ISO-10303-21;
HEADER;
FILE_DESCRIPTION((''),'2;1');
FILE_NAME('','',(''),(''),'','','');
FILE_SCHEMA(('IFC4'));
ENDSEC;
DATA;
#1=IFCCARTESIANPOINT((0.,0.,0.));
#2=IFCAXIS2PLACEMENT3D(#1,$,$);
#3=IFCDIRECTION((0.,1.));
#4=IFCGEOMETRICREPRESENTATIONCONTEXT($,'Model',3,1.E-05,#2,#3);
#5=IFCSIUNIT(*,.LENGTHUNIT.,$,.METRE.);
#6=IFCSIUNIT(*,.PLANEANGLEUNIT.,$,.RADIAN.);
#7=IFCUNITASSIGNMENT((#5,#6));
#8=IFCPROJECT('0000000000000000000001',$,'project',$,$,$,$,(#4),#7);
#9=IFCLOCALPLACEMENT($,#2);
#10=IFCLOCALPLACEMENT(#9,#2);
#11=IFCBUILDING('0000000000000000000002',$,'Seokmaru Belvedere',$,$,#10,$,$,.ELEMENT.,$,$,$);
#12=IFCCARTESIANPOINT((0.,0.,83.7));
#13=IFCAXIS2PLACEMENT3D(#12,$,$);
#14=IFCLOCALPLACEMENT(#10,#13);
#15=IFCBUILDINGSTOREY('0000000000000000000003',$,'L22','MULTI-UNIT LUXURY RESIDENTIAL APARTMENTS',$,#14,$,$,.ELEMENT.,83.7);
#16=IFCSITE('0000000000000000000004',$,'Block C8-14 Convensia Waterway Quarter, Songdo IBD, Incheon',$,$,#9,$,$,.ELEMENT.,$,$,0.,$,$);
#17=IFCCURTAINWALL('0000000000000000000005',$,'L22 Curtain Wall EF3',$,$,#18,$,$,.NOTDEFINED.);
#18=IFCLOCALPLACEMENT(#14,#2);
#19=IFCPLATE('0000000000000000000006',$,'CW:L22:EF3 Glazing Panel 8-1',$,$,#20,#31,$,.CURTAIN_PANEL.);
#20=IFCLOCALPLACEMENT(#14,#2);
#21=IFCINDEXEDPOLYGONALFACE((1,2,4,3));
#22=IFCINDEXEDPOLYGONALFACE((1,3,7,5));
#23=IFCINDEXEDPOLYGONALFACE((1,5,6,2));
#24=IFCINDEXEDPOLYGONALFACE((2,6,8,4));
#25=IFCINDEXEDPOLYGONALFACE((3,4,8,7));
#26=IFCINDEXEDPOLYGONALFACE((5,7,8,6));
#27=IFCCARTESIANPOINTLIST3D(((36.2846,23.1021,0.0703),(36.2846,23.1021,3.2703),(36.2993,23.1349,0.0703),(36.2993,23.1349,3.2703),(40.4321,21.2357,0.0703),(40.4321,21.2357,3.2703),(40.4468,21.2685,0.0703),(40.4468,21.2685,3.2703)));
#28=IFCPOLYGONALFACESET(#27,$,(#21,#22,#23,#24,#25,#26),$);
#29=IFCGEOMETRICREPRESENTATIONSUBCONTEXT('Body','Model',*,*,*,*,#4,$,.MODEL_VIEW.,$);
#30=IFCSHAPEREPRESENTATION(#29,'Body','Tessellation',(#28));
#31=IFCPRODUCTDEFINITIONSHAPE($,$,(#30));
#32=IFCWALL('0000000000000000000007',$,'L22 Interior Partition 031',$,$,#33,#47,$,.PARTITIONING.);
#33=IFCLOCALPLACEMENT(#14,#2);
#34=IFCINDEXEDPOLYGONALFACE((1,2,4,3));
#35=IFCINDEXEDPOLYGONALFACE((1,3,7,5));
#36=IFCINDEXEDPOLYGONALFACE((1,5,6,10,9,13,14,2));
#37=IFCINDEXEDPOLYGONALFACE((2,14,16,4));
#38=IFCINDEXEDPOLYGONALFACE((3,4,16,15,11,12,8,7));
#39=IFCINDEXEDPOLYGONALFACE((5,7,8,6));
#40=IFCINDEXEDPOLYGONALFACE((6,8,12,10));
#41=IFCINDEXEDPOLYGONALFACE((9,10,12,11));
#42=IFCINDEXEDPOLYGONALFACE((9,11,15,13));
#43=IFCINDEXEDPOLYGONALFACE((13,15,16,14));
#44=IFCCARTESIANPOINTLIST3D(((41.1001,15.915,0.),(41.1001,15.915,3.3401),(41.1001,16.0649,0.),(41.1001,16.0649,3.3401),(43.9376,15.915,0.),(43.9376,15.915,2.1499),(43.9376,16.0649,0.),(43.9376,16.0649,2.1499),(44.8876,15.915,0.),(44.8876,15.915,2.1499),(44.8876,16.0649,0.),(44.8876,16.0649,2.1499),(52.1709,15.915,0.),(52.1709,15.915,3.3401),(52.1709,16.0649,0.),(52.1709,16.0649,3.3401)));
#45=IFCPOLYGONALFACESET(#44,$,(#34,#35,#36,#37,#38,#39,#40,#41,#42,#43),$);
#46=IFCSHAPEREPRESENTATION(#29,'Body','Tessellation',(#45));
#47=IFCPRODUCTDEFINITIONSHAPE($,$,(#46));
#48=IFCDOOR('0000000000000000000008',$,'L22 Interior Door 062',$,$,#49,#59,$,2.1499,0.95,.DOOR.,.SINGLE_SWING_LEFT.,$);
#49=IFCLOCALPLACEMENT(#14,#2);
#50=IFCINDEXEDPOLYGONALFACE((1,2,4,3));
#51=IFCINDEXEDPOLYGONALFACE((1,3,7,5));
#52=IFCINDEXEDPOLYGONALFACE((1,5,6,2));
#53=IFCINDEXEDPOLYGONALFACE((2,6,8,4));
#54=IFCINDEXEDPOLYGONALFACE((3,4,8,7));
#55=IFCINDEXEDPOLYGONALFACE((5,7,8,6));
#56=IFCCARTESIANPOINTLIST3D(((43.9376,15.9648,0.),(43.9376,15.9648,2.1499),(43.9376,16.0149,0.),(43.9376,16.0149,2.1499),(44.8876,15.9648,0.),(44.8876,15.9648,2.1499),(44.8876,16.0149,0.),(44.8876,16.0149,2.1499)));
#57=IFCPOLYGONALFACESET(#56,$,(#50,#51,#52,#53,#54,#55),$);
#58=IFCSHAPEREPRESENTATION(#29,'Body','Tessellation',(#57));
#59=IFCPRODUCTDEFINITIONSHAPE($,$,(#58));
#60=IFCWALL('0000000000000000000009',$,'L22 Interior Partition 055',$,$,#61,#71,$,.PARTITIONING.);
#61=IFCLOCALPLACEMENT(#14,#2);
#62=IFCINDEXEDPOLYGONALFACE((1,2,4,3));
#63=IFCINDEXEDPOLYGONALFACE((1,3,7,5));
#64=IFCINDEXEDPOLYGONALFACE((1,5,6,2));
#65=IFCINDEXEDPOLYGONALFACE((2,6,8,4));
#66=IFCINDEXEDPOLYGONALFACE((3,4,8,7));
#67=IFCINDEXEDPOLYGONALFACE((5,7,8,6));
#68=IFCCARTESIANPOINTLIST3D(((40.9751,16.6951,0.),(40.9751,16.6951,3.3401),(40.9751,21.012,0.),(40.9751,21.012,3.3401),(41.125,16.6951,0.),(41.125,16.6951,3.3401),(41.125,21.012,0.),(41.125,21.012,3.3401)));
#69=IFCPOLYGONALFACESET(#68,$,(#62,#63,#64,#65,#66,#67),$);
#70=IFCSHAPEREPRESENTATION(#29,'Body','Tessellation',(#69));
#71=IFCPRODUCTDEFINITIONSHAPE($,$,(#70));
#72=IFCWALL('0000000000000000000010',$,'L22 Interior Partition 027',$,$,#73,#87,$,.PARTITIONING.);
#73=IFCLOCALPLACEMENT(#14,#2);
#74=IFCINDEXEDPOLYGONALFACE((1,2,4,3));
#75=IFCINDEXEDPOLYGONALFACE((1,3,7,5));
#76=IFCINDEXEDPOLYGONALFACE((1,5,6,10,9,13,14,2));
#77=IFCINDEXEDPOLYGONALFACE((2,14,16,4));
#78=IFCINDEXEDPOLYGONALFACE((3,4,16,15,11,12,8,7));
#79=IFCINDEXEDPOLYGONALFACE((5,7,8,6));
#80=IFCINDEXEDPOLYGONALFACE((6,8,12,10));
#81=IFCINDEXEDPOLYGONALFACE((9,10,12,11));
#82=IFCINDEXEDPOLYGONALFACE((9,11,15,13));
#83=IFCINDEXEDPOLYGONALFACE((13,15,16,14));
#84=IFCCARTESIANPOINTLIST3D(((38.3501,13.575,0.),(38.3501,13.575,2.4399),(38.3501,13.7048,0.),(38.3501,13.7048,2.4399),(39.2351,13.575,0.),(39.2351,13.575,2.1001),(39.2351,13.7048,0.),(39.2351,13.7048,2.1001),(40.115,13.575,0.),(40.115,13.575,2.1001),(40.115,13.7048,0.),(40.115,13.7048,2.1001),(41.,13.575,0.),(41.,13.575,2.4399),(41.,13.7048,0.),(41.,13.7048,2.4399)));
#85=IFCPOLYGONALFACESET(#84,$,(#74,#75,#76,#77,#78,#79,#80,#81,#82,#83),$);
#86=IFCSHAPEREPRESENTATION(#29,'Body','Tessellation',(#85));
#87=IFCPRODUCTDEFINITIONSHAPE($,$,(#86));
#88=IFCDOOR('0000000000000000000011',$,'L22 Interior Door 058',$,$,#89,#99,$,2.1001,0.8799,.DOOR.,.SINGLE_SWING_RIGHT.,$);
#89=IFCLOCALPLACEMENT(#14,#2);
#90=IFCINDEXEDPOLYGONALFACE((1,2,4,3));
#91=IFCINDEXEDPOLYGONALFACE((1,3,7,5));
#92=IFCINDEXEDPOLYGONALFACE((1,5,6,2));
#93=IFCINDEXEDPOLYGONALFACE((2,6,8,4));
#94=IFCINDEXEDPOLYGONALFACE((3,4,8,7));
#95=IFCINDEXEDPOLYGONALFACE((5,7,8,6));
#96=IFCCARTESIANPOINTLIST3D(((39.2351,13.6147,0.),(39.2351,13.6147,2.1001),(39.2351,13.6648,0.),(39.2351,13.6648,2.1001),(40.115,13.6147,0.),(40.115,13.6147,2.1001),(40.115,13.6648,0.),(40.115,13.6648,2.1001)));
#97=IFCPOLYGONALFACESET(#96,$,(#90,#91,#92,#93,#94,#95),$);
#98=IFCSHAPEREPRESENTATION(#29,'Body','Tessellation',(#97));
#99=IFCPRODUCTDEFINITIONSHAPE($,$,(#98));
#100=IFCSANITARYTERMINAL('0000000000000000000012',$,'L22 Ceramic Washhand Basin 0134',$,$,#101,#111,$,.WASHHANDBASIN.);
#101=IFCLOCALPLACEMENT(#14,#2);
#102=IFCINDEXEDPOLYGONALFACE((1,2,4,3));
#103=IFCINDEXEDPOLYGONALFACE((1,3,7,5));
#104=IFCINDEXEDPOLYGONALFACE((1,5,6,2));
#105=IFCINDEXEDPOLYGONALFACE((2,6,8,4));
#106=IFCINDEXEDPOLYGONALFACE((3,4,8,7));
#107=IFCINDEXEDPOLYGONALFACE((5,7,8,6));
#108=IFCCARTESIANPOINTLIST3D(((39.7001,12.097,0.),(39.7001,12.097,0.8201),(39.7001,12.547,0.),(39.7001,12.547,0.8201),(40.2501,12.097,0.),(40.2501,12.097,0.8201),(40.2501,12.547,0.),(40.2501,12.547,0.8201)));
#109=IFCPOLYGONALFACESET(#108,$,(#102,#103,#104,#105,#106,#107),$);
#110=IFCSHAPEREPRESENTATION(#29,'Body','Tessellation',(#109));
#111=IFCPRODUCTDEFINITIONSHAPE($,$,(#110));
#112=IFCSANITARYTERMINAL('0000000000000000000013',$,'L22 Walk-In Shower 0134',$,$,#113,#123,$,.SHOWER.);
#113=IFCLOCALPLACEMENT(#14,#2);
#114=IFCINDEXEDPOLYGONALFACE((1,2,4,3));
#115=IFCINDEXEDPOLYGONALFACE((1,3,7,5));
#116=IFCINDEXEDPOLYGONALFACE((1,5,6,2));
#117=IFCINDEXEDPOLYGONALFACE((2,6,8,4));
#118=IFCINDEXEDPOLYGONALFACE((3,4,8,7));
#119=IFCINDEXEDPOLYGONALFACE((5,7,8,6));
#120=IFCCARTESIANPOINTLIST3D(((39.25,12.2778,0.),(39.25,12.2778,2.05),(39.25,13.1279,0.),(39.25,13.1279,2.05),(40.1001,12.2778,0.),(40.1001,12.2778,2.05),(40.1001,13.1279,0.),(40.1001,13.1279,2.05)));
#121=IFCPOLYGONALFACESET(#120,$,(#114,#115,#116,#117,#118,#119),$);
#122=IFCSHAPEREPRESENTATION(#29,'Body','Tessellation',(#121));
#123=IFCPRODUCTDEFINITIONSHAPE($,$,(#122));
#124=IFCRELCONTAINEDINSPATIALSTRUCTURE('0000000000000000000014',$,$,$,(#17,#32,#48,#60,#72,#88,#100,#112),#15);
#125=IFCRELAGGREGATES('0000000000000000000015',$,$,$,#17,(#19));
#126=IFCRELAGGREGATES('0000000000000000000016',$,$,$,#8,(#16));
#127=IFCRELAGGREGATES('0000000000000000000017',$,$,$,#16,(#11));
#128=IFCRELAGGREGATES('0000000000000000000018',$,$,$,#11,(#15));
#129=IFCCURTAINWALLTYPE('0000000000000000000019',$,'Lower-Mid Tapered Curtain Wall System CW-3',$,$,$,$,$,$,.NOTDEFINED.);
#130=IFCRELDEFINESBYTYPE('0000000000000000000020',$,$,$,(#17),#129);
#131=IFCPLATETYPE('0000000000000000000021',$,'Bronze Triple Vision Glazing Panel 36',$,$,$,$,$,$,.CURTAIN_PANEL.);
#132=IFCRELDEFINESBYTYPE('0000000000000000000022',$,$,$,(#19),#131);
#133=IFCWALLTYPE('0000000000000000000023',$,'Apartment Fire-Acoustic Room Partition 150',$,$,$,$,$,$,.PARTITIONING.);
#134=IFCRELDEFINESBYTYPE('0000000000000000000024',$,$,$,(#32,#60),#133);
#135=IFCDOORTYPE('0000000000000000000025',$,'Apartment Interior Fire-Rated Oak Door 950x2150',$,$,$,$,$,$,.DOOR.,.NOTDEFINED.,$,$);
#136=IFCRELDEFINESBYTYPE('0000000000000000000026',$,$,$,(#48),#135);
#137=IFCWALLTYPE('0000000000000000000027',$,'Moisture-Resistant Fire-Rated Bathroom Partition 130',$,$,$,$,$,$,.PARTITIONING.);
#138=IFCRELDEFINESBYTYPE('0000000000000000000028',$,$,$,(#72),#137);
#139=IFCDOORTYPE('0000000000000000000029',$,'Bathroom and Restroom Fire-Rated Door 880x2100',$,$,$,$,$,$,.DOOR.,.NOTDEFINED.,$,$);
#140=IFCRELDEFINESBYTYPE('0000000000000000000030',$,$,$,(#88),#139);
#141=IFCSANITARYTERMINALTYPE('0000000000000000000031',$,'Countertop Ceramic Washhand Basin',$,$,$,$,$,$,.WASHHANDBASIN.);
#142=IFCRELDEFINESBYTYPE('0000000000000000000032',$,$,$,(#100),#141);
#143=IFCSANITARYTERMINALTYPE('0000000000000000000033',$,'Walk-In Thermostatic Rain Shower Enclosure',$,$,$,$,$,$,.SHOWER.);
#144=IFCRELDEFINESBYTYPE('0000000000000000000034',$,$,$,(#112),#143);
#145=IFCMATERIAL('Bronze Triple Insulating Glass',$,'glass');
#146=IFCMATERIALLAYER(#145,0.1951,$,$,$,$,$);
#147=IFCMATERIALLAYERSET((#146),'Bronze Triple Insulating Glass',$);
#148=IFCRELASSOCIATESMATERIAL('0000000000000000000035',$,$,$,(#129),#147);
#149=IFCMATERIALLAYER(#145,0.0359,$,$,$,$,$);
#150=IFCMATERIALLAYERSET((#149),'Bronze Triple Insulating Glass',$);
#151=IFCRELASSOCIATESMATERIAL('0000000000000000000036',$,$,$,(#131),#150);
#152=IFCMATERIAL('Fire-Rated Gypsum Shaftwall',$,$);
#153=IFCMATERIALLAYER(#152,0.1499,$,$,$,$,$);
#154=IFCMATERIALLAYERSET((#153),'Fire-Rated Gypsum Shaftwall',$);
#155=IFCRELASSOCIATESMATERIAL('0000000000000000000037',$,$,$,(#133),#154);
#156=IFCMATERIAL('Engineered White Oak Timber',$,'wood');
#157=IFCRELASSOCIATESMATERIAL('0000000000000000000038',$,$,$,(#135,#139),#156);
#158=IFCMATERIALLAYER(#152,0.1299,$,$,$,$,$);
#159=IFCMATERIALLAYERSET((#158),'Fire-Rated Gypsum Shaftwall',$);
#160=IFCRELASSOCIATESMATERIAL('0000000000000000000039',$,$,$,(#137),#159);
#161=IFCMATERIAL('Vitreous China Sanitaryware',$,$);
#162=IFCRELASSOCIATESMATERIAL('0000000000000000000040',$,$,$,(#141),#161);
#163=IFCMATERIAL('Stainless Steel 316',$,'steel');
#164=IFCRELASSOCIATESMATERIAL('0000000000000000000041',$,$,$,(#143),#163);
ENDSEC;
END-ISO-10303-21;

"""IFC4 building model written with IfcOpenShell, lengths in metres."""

from ifc_helpers import new_model, si_unit, direction, frame, frame_2d, origin, origin_2d, place, context, subcontext, project, spatial, rectangle, extrude, source, transform, mapped, material, layer, layer_set, type_object, type_shapes, element, fill, aggregate, save


model = new_model("IFC4")

# Units and contexts
model_context = context("Model", 3, precision=1e-05, world=origin(), true_north=direction((0.0, 1.0)))
body_context = subcontext(model_context, "Body", "Model", "MODEL_VIEW")
ifc_project = project(units=[si_unit("LENGTHUNIT", "METRE"), si_unit("PLANEANGLEUNIT", "RADIAN")], contexts=[model_context])

# Site, building, storey
site_placement = place(None, origin())
site = spatial("IfcSite", under=ifc_project, at=site_placement, Name="Block C8-14 Convensia Waterway Quarter, Songdo IBD, Incheon", CompositionType="ELEMENT", RefElevation=0.0)
building_placement = place(site_placement, origin())
building = spatial("IfcBuilding", under=site, at=building_placement, Name="Seokmaru Belvedere", CompositionType="ELEMENT")
storey_placement = place(building_placement, frame((0.0, 0.0, 83.7)))
storey = spatial("IfcBuildingStorey", under=building, at=storey_placement, Name="L22", Description="MULTI-UNIT LUXURY RESIDENTIAL APARTMENTS", CompositionType="ELEMENT", Elevation=83.7)

# Curtain wall, plate
ifc_material_1 = material(Name="Bronze Triple Insulating Glass", Category="glass")
ifc_layer_1 = layer(ifc_material_1, 0.1951)
ifc_layer_set_1 = layer_set([ifc_layer_1], Name="Bronze Triple Insulating Glass")
curtain_wall_type = type_object("IfcCurtainWallType", Name="Lower-Mid Tapered Curtain Wall System CW-3", PredefinedType="NOTDEFINED", material=ifc_layer_set_1)
curtain_wall_placement = place(storey_placement, origin())
curtain_wall = element("IfcCurtainWall", 1, at=curtain_wall_placement, inside=storey, type_object=curtain_wall_type, Name="L22 Curtain Wall EF3", PredefinedType="NOTDEFINED")
ifc_layer_2 = layer(ifc_material_1, 0.0359)
ifc_layer_set_2 = layer_set([ifc_layer_2], Name="Bronze Triple Insulating Glass")
plate_type = type_object("IfcPlateType", Name="Bronze Triple Vision Glazing Panel 36", PredefinedType="CURTAIN_PANEL", material=ifc_layer_set_2)
shared_shape_1 = source(origin(), body_context, "Body", "SweptSolid", [
    extrude(rectangle(XDim=4.5481, YDim=0.0359, at=origin_2d()), origin(), (0.0, 0.0, 1.0), 3.2),
])
type_shapes(plate_type, [shared_shape_1])
plate_1_placement = place(storey_placement, frame((38.3657, 22.1853, 0.0703), z_axis=(0.0, 0.0, 1.0), x_axis=(-0.911921, 0.410366, 0.0)))
plate_1 = element("IfcPlate", 2, at=plate_1_placement, type_object=plate_type, Name="CW:L22:EF3 Glazing Panel 8-1", PredefinedType="CURTAIN_PANEL", context=body_context, shape_type="MappedRepresentation", body=[
    mapped(shared_shape_1, transform((0.0, 0.0, 0.0), scale=1.0)),
])
aggregate(curtain_wall, [plate_1])

# Wall, opening, door
ifc_material_2 = material(Name="Fire-Rated Gypsum Shaftwall")
ifc_layer_3 = layer(ifc_material_2, 0.1499)
ifc_layer_set_3 = layer_set([ifc_layer_3], Name="Fire-Rated Gypsum Shaftwall")
wall_type_1 = type_object("IfcWallType", Name="Apartment Fire-Acoustic Room Partition 150", PredefinedType="PARTITIONING", material=ifc_layer_set_3)
wall_1_placement = place(storey_placement, frame((41.1001, 15.99, 0.0), z_axis=(0.0, 0.0, 1.0), x_axis=(1.0, 0.0, 0.0)))
wall_1 = element("IfcWall", 3, at=wall_1_placement, inside=storey, type_object=wall_type_1, Name="L22 Interior Partition 031", PredefinedType="PARTITIONING", context=body_context, shape_type="SweptSolid", body=[
    extrude(rectangle(XDim=11.0708, YDim=0.1499, at=frame_2d((5.5354, 0.0))), origin(), (0.0, 0.0, 1.0), 3.3401),
])
opening_1_placement = place(wall_1_placement, frame((2.8374, 0.0, 0.0)))
opening_1 = element("IfcOpeningElement", 4, at=opening_1_placement, cuts=wall_1, PredefinedType="OPENING", context=body_context, shape_type="SweptSolid", body=[
    extrude(rectangle(XDim=0.95, YDim=2.1499, at=frame_2d((0.4751, 1.075))), frame((0.0, 0.085, 0.0), z_axis=(0.0, -1.0, 0.0), x_axis=(1.0, 0.0, 0.0)), (0.0, 0.0, 1.0), 0.1699),
])
ifc_material_3 = material(Name="Engineered White Oak Timber", Category="wood")
door_type_1 = type_object("IfcDoorType", Name="Apartment Interior Fire-Rated Oak Door 950x2150", OperationType="NOTDEFINED", PredefinedType="DOOR", material=ifc_material_3)
shared_shape_2 = source(origin(), body_context, "Body", "SweptSolid", [
    extrude(rectangle(XDim=0.95, YDim=2.1499, at=frame_2d((0.4751, 1.075))), frame((0.0, 0.0249, 0.0), z_axis=(0.0, -1.0, 0.0), x_axis=(1.0, 0.0, 0.0)), (0.0, 0.0, 1.0), 0.05),
])
type_shapes(door_type_1, [shared_shape_2])
door_1_placement = place(opening_1_placement, origin())
door_1 = element("IfcDoor", 5, at=door_1_placement, inside=storey, type_object=door_type_1, Name="L22 Interior Door 062", OperationType="SINGLE_SWING_LEFT", OverallHeight=2.1499, OverallWidth=0.95, PredefinedType="DOOR", context=body_context, shape_type="MappedRepresentation", body=[
    mapped(shared_shape_2, transform((0.0, 0.0, 0.0), scale=1.0)),
])
fill(opening_1, door_1)

# Wall
wall_2_placement = place(storey_placement, frame((41.05, 16.6951, 0.0), z_axis=(0.0, 0.0, 1.0), x_axis=(0.0, 1.0, 0.0)))
element("IfcWall", 6, at=wall_2_placement, inside=storey, type_object=wall_type_1, Name="L22 Interior Partition 055", PredefinedType="PARTITIONING", context=body_context, shape_type="SweptSolid", body=[
    extrude(rectangle(XDim=4.3169, YDim=0.1499, at=frame_2d((2.1584, 0.0))), origin(), (0.0, 0.0, 1.0), 3.3401),
])

# Wall, opening, door
ifc_layer_4 = layer(ifc_material_2, 0.1299)
ifc_layer_set_4 = layer_set([ifc_layer_4], Name="Fire-Rated Gypsum Shaftwall")
wall_type_2 = type_object("IfcWallType", Name="Moisture-Resistant Fire-Rated Bathroom Partition 130", PredefinedType="PARTITIONING", material=ifc_layer_set_4)
wall_3_placement = place(storey_placement, frame((38.3501, 13.6399, 0.0), z_axis=(0.0, 0.0, 1.0), x_axis=(1.0, 0.0, 0.0)))
wall_3 = element("IfcWall", 7, at=wall_3_placement, inside=storey, type_object=wall_type_2, Name="L22 Interior Partition 027", PredefinedType="PARTITIONING", context=body_context, shape_type="SweptSolid", body=[
    extrude(rectangle(XDim=2.6499, YDim=0.1299, at=frame_2d((1.325, 0.0))), origin(), (0.0, 0.0, 1.0), 2.4399),
])
opening_2_placement = place(wall_3_placement, frame((0.885, 0.0, 0.0)))
opening_2 = element("IfcOpeningElement", 8, at=opening_2_placement, cuts=wall_3, PredefinedType="OPENING", context=body_context, shape_type="SweptSolid", body=[
    extrude(rectangle(XDim=0.8799, YDim=2.1001, at=frame_2d((0.4399, 1.05))), frame((0.0, 0.075, 0.0), z_axis=(0.0, -1.0, 0.0), x_axis=(1.0, 0.0, 0.0)), (0.0, 0.0, 1.0), 0.1499),
])
door_type_2 = type_object("IfcDoorType", Name="Bathroom and Restroom Fire-Rated Door 880x2100", OperationType="NOTDEFINED", PredefinedType="DOOR", material=ifc_material_3)
shared_shape_3 = source(origin(), body_context, "Body", "SweptSolid", [
    extrude(rectangle(XDim=0.8799, YDim=2.1001, at=frame_2d((0.4399, 1.05))), frame((0.0, 0.0249, 0.0), z_axis=(0.0, -1.0, 0.0), x_axis=(1.0, 0.0, 0.0)), (0.0, 0.0, 1.0), 0.05),
])
type_shapes(door_type_2, [shared_shape_3])
door_2_placement = place(opening_2_placement, origin())
door_2 = element("IfcDoor", 9, at=door_2_placement, inside=storey, type_object=door_type_2, Name="L22 Interior Door 058", OperationType="SINGLE_SWING_RIGHT", OverallHeight=2.1001, OverallWidth=0.8799, PredefinedType="DOOR", context=body_context, shape_type="MappedRepresentation", body=[
    mapped(shared_shape_3, transform((0.0, 0.0, 0.0), scale=1.0)),
])
fill(opening_2, door_2)

# Sanitary terminals
ifc_material_4 = material(Name="Vitreous China Sanitaryware")
sanitary_terminal_type_1 = type_object("IfcSanitaryTerminalType", Name="Countertop Ceramic Washhand Basin", PredefinedType="WASHHANDBASIN", material=ifc_material_4)
shared_shape_4 = source(origin(), body_context, "Body", "SweptSolid", [
    extrude(rectangle(XDim=0.55, YDim=0.45, at=origin_2d()), origin(), (0.0, 0.0, 1.0), 0.8201),
])
type_shapes(sanitary_terminal_type_1, [shared_shape_4])
sanitary_terminal_1_placement = place(storey_placement, frame((39.9751, 12.322, 0.0), z_axis=(0.0, 0.0, 1.0), x_axis=(1.0, 0.0, 0.0)))
element("IfcSanitaryTerminal", 10, at=sanitary_terminal_1_placement, inside=storey, type_object=sanitary_terminal_type_1, Name="L22 Ceramic Washhand Basin 0134", PredefinedType="WASHHANDBASIN", context=body_context, shape_type="MappedRepresentation", body=[
    mapped(shared_shape_4, transform((0.0, 0.0, 0.0), scale=1.0)),
])
ifc_material_5 = material(Name="Stainless Steel 316", Category="steel")
sanitary_terminal_type_2 = type_object("IfcSanitaryTerminalType", Name="Walk-In Thermostatic Rain Shower Enclosure", PredefinedType="SHOWER", material=ifc_material_5)
shared_shape_5 = source(origin(), body_context, "Body", "SweptSolid", [
    extrude(rectangle(XDim=0.8501, YDim=0.8501, at=origin_2d()), origin(), (0.0, 0.0, 1.0), 2.05),
])
type_shapes(sanitary_terminal_type_2, [shared_shape_5])
sanitary_terminal_2_placement = place(storey_placement, frame((39.675, 12.7029, 0.0), z_axis=(0.0, 0.0, 1.0), x_axis=(1.0, 0.0, 0.0)))
element("IfcSanitaryTerminal", 11, at=sanitary_terminal_2_placement, inside=storey, type_object=sanitary_terminal_type_2, Name="L22 Walk-In Shower 0134", PredefinedType="SHOWER", context=body_context, shape_type="MappedRepresentation", body=[
    mapped(shared_shape_5, transform((0.0, 0.0, 0.0), scale=1.0)),
])

save(model, "model.ifc")
